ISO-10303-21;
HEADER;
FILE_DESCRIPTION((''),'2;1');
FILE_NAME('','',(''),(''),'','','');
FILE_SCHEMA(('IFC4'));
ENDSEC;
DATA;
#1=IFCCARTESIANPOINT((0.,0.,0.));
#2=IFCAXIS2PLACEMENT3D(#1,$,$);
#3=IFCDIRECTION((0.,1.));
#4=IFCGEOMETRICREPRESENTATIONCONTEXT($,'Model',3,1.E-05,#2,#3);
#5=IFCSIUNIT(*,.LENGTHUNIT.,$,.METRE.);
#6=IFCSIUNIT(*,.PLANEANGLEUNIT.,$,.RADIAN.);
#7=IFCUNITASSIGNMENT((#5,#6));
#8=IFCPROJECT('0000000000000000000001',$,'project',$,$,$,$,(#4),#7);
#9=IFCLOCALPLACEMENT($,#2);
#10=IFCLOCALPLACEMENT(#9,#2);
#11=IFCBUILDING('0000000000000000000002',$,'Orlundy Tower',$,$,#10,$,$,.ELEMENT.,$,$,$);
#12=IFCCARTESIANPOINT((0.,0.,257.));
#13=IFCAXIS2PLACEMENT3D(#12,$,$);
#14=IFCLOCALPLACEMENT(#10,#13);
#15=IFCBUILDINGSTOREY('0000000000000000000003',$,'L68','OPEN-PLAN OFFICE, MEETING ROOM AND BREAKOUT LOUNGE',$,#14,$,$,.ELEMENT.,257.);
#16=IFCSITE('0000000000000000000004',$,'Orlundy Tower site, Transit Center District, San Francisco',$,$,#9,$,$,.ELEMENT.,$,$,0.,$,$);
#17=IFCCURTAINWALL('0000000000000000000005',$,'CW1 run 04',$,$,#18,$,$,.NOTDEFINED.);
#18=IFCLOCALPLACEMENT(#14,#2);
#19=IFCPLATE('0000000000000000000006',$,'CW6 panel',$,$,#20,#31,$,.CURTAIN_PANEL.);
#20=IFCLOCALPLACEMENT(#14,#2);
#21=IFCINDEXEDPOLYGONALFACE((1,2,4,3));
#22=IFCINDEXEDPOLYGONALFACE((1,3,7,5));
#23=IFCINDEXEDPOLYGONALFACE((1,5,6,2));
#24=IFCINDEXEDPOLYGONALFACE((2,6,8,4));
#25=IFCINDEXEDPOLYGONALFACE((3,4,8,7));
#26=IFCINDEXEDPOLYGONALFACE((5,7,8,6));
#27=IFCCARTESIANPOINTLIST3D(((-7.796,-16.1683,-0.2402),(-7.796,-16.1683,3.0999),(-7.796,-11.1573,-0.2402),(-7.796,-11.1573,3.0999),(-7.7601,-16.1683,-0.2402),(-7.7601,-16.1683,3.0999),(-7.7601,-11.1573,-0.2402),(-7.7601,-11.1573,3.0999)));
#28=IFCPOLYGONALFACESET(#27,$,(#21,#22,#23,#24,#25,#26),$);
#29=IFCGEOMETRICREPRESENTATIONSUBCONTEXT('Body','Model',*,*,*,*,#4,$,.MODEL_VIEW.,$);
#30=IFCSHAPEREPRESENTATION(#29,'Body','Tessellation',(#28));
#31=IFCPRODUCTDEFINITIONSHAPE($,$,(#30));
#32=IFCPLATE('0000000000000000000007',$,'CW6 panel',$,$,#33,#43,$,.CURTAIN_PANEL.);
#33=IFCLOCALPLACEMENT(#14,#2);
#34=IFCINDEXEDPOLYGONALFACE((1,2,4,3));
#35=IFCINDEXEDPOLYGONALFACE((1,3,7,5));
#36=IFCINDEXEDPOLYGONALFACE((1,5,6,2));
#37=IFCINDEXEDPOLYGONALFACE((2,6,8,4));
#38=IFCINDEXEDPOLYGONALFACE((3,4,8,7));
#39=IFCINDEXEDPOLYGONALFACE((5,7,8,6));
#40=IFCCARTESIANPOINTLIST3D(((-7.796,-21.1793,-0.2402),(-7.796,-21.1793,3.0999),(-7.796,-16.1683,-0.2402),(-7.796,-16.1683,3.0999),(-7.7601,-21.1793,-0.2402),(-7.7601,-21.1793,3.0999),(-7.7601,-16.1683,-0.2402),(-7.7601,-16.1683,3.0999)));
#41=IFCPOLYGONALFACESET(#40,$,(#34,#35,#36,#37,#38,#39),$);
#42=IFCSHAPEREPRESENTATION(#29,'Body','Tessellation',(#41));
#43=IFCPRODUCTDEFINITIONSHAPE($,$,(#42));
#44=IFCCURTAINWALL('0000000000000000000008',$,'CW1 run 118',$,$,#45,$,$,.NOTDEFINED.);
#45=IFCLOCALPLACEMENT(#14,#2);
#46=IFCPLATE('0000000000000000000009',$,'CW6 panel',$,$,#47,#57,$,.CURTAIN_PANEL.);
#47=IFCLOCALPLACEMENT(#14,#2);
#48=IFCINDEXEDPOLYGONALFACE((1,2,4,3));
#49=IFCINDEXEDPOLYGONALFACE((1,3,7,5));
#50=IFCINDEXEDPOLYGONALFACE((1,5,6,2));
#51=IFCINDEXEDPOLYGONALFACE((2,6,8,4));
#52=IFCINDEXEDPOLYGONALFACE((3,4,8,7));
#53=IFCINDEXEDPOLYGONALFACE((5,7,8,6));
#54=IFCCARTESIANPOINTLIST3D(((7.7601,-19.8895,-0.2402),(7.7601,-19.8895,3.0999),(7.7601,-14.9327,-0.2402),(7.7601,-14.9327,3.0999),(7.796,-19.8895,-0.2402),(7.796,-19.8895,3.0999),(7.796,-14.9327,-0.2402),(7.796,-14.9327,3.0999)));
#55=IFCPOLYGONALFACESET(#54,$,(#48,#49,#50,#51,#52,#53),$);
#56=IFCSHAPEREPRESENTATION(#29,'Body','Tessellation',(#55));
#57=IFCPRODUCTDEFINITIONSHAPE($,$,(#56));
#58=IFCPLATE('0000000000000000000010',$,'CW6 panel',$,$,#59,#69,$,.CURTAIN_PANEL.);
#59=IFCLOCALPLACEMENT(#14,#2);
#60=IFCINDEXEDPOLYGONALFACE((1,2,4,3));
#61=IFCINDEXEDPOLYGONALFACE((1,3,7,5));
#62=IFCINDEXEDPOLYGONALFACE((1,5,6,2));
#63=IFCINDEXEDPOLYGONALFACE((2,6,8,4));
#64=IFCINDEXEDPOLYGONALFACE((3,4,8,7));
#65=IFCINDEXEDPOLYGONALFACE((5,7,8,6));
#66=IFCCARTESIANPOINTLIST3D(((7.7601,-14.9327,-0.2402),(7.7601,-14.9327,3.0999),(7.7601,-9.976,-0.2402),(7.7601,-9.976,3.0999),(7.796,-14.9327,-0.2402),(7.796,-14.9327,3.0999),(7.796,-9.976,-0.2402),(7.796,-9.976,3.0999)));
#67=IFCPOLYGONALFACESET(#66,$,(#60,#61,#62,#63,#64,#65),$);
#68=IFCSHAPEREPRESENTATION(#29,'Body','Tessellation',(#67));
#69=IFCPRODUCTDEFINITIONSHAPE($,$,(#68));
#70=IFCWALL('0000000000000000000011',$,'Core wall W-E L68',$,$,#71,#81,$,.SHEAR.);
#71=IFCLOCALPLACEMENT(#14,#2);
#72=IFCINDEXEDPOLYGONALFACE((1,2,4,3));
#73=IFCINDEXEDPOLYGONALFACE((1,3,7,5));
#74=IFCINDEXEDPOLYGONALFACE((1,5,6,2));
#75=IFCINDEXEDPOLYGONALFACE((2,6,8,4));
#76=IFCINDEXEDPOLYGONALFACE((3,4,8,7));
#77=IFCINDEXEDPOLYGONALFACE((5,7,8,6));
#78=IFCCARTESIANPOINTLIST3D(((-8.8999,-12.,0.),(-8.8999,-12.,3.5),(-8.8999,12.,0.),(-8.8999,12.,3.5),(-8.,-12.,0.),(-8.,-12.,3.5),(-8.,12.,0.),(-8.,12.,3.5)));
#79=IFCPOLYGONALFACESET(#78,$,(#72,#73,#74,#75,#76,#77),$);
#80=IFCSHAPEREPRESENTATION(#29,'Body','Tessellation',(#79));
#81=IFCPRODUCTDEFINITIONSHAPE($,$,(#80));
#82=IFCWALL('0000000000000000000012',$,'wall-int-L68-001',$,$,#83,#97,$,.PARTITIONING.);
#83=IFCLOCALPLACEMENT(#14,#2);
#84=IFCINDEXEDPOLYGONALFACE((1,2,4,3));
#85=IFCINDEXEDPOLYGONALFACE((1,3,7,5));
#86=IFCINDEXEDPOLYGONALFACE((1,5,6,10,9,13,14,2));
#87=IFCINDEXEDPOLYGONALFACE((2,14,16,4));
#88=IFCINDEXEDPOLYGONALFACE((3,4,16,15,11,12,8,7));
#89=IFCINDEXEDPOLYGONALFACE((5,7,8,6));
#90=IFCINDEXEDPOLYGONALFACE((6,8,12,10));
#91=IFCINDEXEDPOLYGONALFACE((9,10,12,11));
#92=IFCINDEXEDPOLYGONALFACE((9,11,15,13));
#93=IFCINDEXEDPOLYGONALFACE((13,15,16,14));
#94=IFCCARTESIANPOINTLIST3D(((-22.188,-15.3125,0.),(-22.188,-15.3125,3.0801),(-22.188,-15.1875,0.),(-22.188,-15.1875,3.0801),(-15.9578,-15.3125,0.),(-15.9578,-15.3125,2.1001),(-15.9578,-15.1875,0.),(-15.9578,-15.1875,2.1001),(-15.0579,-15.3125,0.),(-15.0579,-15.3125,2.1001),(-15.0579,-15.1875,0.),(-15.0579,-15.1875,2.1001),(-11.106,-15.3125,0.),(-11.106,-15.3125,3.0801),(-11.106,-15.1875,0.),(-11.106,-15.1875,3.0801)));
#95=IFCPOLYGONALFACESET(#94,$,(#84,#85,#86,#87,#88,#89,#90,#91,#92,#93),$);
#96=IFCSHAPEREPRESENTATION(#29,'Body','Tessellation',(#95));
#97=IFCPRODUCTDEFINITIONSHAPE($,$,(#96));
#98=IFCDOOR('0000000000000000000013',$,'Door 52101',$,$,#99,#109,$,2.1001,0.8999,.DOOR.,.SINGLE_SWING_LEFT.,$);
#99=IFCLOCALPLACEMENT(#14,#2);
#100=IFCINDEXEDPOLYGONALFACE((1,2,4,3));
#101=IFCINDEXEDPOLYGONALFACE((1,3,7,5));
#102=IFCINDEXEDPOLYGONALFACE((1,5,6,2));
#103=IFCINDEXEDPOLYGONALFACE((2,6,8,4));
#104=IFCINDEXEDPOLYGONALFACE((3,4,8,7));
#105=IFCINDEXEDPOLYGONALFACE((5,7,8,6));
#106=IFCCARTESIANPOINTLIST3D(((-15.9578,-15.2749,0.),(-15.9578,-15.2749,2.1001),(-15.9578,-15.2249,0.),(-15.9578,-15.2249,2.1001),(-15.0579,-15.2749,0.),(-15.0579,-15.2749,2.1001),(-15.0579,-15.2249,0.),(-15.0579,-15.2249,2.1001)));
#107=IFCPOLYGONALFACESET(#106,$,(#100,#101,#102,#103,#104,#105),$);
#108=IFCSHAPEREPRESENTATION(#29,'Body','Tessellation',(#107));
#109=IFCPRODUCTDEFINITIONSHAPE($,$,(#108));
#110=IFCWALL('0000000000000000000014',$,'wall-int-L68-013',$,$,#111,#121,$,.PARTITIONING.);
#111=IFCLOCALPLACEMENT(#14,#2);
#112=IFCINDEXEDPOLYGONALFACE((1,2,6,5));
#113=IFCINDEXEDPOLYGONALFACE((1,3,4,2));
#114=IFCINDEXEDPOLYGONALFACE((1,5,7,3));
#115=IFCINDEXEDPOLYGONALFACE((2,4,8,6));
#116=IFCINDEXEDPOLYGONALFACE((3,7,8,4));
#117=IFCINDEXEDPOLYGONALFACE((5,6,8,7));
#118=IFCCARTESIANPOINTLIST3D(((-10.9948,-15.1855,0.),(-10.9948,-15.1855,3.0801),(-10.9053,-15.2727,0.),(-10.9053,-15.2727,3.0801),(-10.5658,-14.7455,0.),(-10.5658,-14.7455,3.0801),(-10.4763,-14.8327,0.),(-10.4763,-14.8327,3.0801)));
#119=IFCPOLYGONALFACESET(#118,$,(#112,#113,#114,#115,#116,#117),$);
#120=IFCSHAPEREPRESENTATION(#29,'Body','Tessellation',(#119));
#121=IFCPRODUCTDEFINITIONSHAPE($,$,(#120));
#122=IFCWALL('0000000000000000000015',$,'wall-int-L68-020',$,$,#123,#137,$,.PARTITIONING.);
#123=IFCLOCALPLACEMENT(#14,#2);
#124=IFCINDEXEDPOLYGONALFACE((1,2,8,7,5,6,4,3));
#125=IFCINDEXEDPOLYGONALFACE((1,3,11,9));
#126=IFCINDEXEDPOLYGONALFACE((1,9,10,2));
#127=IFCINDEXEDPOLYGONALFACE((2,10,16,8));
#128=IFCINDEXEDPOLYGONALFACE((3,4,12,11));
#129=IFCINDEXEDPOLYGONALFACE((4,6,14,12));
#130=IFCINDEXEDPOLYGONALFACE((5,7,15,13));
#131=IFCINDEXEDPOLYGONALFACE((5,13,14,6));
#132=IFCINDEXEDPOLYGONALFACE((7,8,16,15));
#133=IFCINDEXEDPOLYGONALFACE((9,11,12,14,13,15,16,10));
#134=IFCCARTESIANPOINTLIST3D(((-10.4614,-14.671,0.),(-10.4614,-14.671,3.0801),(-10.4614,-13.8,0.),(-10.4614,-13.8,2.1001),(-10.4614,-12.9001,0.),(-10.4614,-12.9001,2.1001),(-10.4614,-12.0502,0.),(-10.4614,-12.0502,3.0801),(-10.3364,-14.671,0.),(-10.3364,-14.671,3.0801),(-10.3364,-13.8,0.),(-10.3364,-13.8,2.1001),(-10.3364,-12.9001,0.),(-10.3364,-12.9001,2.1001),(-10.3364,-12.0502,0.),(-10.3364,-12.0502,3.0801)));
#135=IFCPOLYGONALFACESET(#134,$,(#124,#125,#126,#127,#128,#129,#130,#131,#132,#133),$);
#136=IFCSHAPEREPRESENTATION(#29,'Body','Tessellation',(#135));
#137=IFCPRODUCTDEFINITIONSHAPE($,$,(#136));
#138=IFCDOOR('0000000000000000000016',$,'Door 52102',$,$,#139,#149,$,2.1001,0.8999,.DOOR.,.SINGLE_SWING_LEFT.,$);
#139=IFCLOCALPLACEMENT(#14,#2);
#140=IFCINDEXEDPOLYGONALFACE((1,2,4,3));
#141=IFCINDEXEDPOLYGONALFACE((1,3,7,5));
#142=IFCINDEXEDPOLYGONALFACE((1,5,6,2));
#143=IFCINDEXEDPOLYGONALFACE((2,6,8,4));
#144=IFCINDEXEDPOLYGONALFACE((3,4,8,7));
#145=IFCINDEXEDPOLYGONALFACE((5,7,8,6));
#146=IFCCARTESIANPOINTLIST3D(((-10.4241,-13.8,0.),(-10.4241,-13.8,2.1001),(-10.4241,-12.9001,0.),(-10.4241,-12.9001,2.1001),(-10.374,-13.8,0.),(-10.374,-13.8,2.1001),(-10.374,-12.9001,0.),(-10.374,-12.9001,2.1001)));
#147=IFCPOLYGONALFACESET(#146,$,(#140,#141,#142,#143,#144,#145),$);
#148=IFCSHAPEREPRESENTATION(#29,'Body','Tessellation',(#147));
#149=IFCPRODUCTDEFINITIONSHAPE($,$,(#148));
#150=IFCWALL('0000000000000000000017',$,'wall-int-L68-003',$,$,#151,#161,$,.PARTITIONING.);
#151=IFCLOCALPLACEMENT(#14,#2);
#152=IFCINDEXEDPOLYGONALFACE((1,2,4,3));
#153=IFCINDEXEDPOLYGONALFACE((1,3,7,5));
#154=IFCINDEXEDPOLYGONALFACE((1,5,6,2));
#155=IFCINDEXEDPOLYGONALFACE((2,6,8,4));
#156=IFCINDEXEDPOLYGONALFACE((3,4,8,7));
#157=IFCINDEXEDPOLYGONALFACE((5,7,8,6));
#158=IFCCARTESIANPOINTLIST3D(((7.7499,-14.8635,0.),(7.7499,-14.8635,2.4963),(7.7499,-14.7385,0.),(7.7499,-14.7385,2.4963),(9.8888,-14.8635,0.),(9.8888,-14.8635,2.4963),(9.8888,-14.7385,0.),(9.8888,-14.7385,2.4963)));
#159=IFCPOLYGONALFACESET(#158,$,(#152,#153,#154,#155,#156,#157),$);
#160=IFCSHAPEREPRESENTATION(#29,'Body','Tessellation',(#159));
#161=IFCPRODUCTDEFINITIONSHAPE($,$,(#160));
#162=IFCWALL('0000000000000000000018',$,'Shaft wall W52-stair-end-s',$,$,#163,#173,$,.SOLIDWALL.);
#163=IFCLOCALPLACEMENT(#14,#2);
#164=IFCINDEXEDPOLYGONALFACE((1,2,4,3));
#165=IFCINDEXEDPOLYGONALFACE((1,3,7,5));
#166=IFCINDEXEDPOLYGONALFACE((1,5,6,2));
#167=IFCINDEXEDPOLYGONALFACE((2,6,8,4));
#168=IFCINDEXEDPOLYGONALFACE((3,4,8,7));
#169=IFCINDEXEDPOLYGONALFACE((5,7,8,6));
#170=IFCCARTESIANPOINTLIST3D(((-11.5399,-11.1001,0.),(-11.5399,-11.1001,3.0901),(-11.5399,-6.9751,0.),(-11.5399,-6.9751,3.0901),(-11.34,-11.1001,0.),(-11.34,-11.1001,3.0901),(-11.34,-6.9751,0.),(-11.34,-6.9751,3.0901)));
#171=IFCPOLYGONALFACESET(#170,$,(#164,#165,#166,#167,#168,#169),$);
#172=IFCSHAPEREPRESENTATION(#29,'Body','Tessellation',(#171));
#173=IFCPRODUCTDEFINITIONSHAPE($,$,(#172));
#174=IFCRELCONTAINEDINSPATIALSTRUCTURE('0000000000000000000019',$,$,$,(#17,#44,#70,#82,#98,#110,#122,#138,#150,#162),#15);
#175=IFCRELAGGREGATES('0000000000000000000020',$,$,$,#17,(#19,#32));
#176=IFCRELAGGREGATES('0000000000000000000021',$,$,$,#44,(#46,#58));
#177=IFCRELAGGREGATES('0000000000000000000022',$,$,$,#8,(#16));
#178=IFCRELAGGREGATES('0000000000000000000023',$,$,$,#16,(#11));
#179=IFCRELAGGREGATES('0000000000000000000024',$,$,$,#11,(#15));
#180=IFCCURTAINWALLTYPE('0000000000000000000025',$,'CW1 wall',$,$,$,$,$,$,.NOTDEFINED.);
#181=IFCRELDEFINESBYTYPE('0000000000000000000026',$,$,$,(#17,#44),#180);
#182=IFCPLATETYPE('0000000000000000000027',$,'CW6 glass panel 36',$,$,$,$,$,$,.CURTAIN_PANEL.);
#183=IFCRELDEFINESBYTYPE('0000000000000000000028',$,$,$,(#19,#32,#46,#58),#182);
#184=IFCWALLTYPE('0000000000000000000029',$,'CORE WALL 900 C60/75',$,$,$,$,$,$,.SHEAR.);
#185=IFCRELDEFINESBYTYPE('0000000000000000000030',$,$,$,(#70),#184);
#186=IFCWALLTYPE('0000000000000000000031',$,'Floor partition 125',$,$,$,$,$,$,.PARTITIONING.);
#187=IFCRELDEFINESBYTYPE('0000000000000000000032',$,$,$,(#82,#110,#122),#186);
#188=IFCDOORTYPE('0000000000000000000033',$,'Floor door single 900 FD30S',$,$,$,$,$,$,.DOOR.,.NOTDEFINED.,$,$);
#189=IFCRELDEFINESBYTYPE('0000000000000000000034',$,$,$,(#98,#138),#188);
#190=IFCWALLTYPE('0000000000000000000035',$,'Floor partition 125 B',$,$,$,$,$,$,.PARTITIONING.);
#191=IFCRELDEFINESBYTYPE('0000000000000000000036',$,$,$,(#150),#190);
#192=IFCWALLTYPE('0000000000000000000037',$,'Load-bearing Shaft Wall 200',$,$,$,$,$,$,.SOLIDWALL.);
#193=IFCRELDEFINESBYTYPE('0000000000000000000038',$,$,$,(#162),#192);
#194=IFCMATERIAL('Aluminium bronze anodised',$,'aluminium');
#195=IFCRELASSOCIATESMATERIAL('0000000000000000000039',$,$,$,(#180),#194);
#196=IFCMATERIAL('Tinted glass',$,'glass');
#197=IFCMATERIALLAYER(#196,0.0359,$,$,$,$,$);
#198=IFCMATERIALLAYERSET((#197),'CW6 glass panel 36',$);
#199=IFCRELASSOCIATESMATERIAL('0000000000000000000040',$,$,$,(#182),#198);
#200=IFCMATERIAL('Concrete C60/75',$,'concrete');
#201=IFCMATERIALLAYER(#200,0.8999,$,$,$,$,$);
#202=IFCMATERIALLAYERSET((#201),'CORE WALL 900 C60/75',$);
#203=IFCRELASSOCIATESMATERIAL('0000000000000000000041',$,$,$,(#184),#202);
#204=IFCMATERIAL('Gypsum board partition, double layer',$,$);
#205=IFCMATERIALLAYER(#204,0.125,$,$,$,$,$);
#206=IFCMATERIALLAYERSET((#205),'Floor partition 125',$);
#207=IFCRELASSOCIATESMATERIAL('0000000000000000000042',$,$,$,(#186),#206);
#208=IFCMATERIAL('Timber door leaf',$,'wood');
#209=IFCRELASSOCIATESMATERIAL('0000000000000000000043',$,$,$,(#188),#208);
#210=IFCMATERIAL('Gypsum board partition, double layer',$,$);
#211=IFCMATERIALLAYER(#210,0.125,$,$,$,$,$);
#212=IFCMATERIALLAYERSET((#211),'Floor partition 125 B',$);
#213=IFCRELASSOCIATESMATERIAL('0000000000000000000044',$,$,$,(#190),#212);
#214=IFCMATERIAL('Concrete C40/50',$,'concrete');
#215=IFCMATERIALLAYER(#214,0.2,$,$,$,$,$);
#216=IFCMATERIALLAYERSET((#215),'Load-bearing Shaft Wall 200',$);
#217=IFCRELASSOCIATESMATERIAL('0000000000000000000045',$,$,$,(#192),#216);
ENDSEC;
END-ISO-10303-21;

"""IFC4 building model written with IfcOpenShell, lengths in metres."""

from ifc_helpers import new_model, si_unit, direction, frame, frame_2d, origin, origin_2d, place, context, subcontext, project, spatial, rectangle, extrude, material, layer, layer_set, type_object, element, fill, aggregate, save


model = new_model("IFC4")

# Units and contexts
model_context = context("Model", 3, precision=1e-05, world=origin(), true_north=direction((0.0, 1.0)))
body_context = subcontext(model_context, "Body", "Model", "MODEL_VIEW")
ifc_project = project(units=[si_unit("LENGTHUNIT", "METRE"), si_unit("PLANEANGLEUNIT", "RADIAN")], contexts=[model_context])

# Site, building, storey
site_placement = place(None, origin())
site = spatial("IfcSite", under=ifc_project, at=site_placement, Name="Orlundy Tower site, Transit Center District, San Francisco", CompositionType="ELEMENT", RefElevation=0.0)
building_placement = place(site_placement, origin())
building = spatial("IfcBuilding", under=site, at=building_placement, Name="Orlundy Tower", CompositionType="ELEMENT")
storey_placement = place(building_placement, frame((0.0, 0.0, 257.0)))
storey = spatial("IfcBuildingStorey", under=building, at=storey_placement, Name="L68", Description="OPEN-PLAN OFFICE, MEETING ROOM AND BREAKOUT LOUNGE", CompositionType="ELEMENT", Elevation=257.0)

# Curtain wall
ifc_material_1 = material(Name="Aluminium bronze anodised", Category="aluminium")
curtain_wall_type = type_object("IfcCurtainWallType", Name="CW1 wall", PredefinedType="NOTDEFINED", material=ifc_material_1)
curtain_wall_1_placement = place(storey_placement, origin())
curtain_wall_1 = element("IfcCurtainWall", 1, at=curtain_wall_1_placement, inside=storey, type_object=curtain_wall_type, Name="CW1 run 04", PredefinedType="NOTDEFINED")

# Plates
ifc_material_2 = material(Name="Tinted glass", Category="glass")
ifc_layer_1 = layer(ifc_material_2, 0.0359)
ifc_layer_set_1 = layer_set([ifc_layer_1], Name="CW6 glass panel 36")
plate_type = type_object("IfcPlateType", Name="CW6 glass panel 36", PredefinedType="CURTAIN_PANEL", material=ifc_layer_set_1)
plate_1_placement = place(storey_placement, frame((-7.7781, -13.6628, -0.2402), z_axis=(0.0, 0.0, 1.0), x_axis=(0.0, -1.0, 0.0)))
plate_1 = element("IfcPlate", 2, at=plate_1_placement, type_object=plate_type, Name="CW6 panel", PredefinedType="CURTAIN_PANEL", context=body_context, shape_type="SweptSolid", body=[
    extrude(rectangle(XDim=5.011, YDim=0.0359, at=origin_2d()), origin(), (0.0, 0.0, 1.0), 3.3401),
])
plate_2_placement = place(storey_placement, frame((-7.7781, -18.6738, -0.2402), z_axis=(0.0, 0.0, 1.0), x_axis=(0.0, -1.0, 0.0)))
plate_2 = element("IfcPlate", 3, at=plate_2_placement, type_object=plate_type, Name="CW6 panel", PredefinedType="CURTAIN_PANEL", context=body_context, shape_type="SweptSolid", body=[
    extrude(rectangle(XDim=5.011, YDim=0.0359, at=origin_2d()), origin(), (0.0, 0.0, 1.0), 3.3401),
])
aggregate(curtain_wall_1, [plate_1, plate_2])

# Curtain wall, plates
curtain_wall_2_placement = place(storey_placement, origin())
curtain_wall_2 = element("IfcCurtainWall", 4, at=curtain_wall_2_placement, inside=storey, type_object=curtain_wall_type, Name="CW1 run 118", PredefinedType="NOTDEFINED")
plate_3_placement = place(storey_placement, frame((7.7781, -17.4111, -0.2402), z_axis=(0.0, 0.0, 1.0), x_axis=(0.0, 1.0, 0.0)))
plate_3 = element("IfcPlate", 5, at=plate_3_placement, type_object=plate_type, Name="CW6 panel", PredefinedType="CURTAIN_PANEL", context=body_context, shape_type="SweptSolid", body=[
    extrude(rectangle(XDim=4.9568, YDim=0.0359, at=origin_2d()), origin(), (0.0, 0.0, 1.0), 3.3401),
])
plate_4_placement = place(storey_placement, frame((7.7781, -12.4543, -0.2402), z_axis=(0.0, 0.0, 1.0), x_axis=(0.0, 1.0, 0.0)))
plate_4 = element("IfcPlate", 6, at=plate_4_placement, type_object=plate_type, Name="CW6 panel", PredefinedType="CURTAIN_PANEL", context=body_context, shape_type="SweptSolid", body=[
    extrude(rectangle(XDim=4.9568, YDim=0.0359, at=origin_2d()), origin(), (0.0, 0.0, 1.0), 3.3401),
])
aggregate(curtain_wall_2, [plate_3, plate_4])

# Wall
ifc_material_3 = material(Name="Concrete C60/75", Category="concrete")
ifc_layer_2 = layer(ifc_material_3, 0.8999)
ifc_layer_set_2 = layer_set([ifc_layer_2], Name="CORE WALL 900 C60/75")
wall_type_1 = type_object("IfcWallType", Name="CORE WALL 900 C60/75", PredefinedType="SHEAR", material=ifc_layer_set_2)
wall_1_placement = place(storey_placement, frame((-8.45, -12.0, 0.0), z_axis=(0.0, 0.0, 1.0), x_axis=(0.0, 1.0, 0.0)))
element("IfcWall", 7, at=wall_1_placement, inside=storey, type_object=wall_type_1, Name="Core wall W-E L68", PredefinedType="SHEAR", context=body_context, shape_type="SweptSolid", body=[
    extrude(rectangle(XDim=24.0, YDim=0.8999, at=frame_2d((12.0, 0.0))), origin(), (0.0, 0.0, 1.0), 3.5),
])

# Wall, opening, door
ifc_material_4 = material(Name="Gypsum board partition, double layer")
ifc_layer_3 = layer(ifc_material_4, 0.125)
ifc_layer_set_3 = layer_set([ifc_layer_3], Name="Floor partition 125")
wall_type_2 = type_object("IfcWallType", Name="Floor partition 125", PredefinedType="PARTITIONING", material=ifc_layer_set_3)
wall_2_placement = place(storey_placement, frame((-11.106, -15.25, 0.0), z_axis=(0.0, 0.0, 1.0), x_axis=(-1.0, 0.0, 0.0)))
wall_2 = element("IfcWall", 8, at=wall_2_placement, inside=storey, type_object=wall_type_2, Name="wall-int-L68-001", PredefinedType="PARTITIONING", context=body_context, shape_type="SweptSolid", body=[
    extrude(rectangle(XDim=11.082, YDim=0.125, at=frame_2d((5.541, 0.0))), origin(), (0.0, 0.0, 1.0), 3.0801),
])
opening_1_placement = place(wall_2_placement, frame((3.9519, 0.0, 0.0)))
opening_1 = element("IfcOpeningElement", 9, at=opening_1_placement, cuts=wall_2, PredefinedType="OPENING", context=body_context, shape_type="SweptSolid", body=[
    extrude(rectangle(XDim=0.8999, YDim=2.1001, at=frame_2d((0.45, 1.05))), frame((0.0, 0.0725, 0.0), z_axis=(0.0, -1.0, 0.0), x_axis=(1.0, 0.0, 0.0)), (0.0, 0.0, 1.0), 0.145),
])
ifc_material_5 = material(Name="Timber door leaf", Category="wood")
door_type_1 = type_object("IfcDoorType", Name="Floor door single 900 FD30S", OperationType="NOTDEFINED", PredefinedType="DOOR", material=ifc_material_5)
door_1_placement = place(opening_1_placement, origin())
door_1 = element("IfcDoor", 10, at=door_1_placement, inside=storey, type_object=door_type_1, Name="Door 52101", OperationType="SINGLE_SWING_LEFT", OverallHeight=2.1001, OverallWidth=0.8999, PredefinedType="DOOR", context=body_context, shape_type="SweptSolid", body=[
    extrude(rectangle(XDim=0.8999, YDim=2.1001, at=frame_2d((0.45, 1.05))), frame((0.0, 0.0249, 0.0), z_axis=(0.0, -1.0, 0.0), x_axis=(1.0, 0.0, 0.0)), (0.0, 0.0, 1.0), 0.05),
])
fill(opening_1, door_1)

# Wall
wall_3_placement = place(storey_placement, frame((-10.95, -15.229, 0.0), z_axis=(0.0, 0.0, 1.0), x_axis=(0.69811, 0.71599, 0.0)))
element("IfcWall", 11, at=wall_3_placement, inside=storey, type_object=wall_type_2, Name="wall-int-L68-013", PredefinedType="PARTITIONING", context=body_context, shape_type="SweptSolid", body=[
    extrude(rectangle(XDim=0.6145, YDim=0.125, at=frame_2d((0.3071, 0.0))), origin(), (0.0, 0.0, 1.0), 3.0801),
])

# Wall, opening, door
wall_4_placement = place(storey_placement, frame((-10.3989, -12.05, 0.0), z_axis=(0.0, 0.0, 1.0), x_axis=(0.0, -1.0, 0.0)))
wall_4 = element("IfcWall", 12, at=wall_4_placement, inside=storey, type_object=wall_type_2, Name="wall-int-L68-020", PredefinedType="PARTITIONING", context=body_context, shape_type="SweptSolid", body=[
    extrude(rectangle(XDim=2.6208, YDim=0.125, at=frame_2d((1.3105, 0.0))), origin(), (0.0, 0.0, 1.0), 3.0801),
])
opening_2_placement = place(wall_4_placement, frame((0.8501, 0.0, 0.0)))
opening_2 = element("IfcOpeningElement", 13, at=opening_2_placement, cuts=wall_4, PredefinedType="OPENING", context=body_context, shape_type="SweptSolid", body=[
    extrude(rectangle(XDim=0.8999, YDim=2.1001, at=frame_2d((0.45, 1.05))), frame((0.0, 0.0725, 0.0), z_axis=(0.0, -1.0, 0.0), x_axis=(1.0, 0.0, 0.0)), (0.0, 0.0, 1.0), 0.145),
])
door_2_placement = place(opening_2_placement, origin())
door_2 = element("IfcDoor", 14, at=door_2_placement, inside=storey, type_object=door_type_1, Name="Door 52102", OperationType="SINGLE_SWING_LEFT", OverallHeight=2.1001, OverallWidth=0.8999, PredefinedType="DOOR", context=body_context, shape_type="SweptSolid", body=[
    extrude(rectangle(XDim=0.8999, YDim=2.1001, at=frame_2d((0.45, 1.05))), frame((0.0, 0.0249, 0.0), z_axis=(0.0, -1.0, 0.0), x_axis=(1.0, 0.0, 0.0)), (0.0, 0.0, 1.0), 0.05),
])
fill(opening_2, door_2)

# Walls
ifc_material_6 = material(Name="Gypsum board partition, double layer")
ifc_layer_4 = layer(ifc_material_6, 0.125)
ifc_layer_set_4 = layer_set([ifc_layer_4], Name="Floor partition 125 B")
wall_type_3 = type_object("IfcWallType", Name="Floor partition 125 B", PredefinedType="PARTITIONING", material=ifc_layer_set_4)
wall_5_placement = place(storey_placement, frame((7.75, -14.801, 0.0), z_axis=(0.0, 0.0, 1.0), x_axis=(1.0, 0.0, 0.0)))
element("IfcWall", 15, at=wall_5_placement, inside=storey, type_object=wall_type_3, Name="wall-int-L68-003", PredefinedType="PARTITIONING", context=body_context, shape_type="SweptSolid", body=[
    extrude(rectangle(XDim=2.1389, YDim=0.125, at=frame_2d((1.0693, 0.0))), origin(), (0.0, 0.0, 1.0), 2.4963),
])
ifc_material_7 = material(Name="Concrete C40/50", Category="concrete")
ifc_layer_5 = layer(ifc_material_7, 0.2)
ifc_layer_set_5 = layer_set([ifc_layer_5], Name="Load-bearing Shaft Wall 200")
wall_type_4 = type_object("IfcWallType", Name="Load-bearing Shaft Wall 200", PredefinedType="SOLIDWALL", material=ifc_layer_set_5)
wall_6_placement = place(storey_placement, frame((-11.4399, -11.1001, 0.0), z_axis=(0.0, 0.0, 1.0), x_axis=(0.0, 1.0, 0.0)))
element("IfcWall", 16, at=wall_6_placement, inside=storey, type_object=wall_type_4, Name="Shaft wall W52-stair-end-s", PredefinedType="SOLIDWALL", context=body_context, shape_type="SweptSolid", body=[
    extrude(rectangle(XDim=4.125, YDim=0.2, at=frame_2d((2.0625, 0.0))), origin(), (0.0, 0.0, 1.0), 3.0901),
])

save(model, "model.ifc")
